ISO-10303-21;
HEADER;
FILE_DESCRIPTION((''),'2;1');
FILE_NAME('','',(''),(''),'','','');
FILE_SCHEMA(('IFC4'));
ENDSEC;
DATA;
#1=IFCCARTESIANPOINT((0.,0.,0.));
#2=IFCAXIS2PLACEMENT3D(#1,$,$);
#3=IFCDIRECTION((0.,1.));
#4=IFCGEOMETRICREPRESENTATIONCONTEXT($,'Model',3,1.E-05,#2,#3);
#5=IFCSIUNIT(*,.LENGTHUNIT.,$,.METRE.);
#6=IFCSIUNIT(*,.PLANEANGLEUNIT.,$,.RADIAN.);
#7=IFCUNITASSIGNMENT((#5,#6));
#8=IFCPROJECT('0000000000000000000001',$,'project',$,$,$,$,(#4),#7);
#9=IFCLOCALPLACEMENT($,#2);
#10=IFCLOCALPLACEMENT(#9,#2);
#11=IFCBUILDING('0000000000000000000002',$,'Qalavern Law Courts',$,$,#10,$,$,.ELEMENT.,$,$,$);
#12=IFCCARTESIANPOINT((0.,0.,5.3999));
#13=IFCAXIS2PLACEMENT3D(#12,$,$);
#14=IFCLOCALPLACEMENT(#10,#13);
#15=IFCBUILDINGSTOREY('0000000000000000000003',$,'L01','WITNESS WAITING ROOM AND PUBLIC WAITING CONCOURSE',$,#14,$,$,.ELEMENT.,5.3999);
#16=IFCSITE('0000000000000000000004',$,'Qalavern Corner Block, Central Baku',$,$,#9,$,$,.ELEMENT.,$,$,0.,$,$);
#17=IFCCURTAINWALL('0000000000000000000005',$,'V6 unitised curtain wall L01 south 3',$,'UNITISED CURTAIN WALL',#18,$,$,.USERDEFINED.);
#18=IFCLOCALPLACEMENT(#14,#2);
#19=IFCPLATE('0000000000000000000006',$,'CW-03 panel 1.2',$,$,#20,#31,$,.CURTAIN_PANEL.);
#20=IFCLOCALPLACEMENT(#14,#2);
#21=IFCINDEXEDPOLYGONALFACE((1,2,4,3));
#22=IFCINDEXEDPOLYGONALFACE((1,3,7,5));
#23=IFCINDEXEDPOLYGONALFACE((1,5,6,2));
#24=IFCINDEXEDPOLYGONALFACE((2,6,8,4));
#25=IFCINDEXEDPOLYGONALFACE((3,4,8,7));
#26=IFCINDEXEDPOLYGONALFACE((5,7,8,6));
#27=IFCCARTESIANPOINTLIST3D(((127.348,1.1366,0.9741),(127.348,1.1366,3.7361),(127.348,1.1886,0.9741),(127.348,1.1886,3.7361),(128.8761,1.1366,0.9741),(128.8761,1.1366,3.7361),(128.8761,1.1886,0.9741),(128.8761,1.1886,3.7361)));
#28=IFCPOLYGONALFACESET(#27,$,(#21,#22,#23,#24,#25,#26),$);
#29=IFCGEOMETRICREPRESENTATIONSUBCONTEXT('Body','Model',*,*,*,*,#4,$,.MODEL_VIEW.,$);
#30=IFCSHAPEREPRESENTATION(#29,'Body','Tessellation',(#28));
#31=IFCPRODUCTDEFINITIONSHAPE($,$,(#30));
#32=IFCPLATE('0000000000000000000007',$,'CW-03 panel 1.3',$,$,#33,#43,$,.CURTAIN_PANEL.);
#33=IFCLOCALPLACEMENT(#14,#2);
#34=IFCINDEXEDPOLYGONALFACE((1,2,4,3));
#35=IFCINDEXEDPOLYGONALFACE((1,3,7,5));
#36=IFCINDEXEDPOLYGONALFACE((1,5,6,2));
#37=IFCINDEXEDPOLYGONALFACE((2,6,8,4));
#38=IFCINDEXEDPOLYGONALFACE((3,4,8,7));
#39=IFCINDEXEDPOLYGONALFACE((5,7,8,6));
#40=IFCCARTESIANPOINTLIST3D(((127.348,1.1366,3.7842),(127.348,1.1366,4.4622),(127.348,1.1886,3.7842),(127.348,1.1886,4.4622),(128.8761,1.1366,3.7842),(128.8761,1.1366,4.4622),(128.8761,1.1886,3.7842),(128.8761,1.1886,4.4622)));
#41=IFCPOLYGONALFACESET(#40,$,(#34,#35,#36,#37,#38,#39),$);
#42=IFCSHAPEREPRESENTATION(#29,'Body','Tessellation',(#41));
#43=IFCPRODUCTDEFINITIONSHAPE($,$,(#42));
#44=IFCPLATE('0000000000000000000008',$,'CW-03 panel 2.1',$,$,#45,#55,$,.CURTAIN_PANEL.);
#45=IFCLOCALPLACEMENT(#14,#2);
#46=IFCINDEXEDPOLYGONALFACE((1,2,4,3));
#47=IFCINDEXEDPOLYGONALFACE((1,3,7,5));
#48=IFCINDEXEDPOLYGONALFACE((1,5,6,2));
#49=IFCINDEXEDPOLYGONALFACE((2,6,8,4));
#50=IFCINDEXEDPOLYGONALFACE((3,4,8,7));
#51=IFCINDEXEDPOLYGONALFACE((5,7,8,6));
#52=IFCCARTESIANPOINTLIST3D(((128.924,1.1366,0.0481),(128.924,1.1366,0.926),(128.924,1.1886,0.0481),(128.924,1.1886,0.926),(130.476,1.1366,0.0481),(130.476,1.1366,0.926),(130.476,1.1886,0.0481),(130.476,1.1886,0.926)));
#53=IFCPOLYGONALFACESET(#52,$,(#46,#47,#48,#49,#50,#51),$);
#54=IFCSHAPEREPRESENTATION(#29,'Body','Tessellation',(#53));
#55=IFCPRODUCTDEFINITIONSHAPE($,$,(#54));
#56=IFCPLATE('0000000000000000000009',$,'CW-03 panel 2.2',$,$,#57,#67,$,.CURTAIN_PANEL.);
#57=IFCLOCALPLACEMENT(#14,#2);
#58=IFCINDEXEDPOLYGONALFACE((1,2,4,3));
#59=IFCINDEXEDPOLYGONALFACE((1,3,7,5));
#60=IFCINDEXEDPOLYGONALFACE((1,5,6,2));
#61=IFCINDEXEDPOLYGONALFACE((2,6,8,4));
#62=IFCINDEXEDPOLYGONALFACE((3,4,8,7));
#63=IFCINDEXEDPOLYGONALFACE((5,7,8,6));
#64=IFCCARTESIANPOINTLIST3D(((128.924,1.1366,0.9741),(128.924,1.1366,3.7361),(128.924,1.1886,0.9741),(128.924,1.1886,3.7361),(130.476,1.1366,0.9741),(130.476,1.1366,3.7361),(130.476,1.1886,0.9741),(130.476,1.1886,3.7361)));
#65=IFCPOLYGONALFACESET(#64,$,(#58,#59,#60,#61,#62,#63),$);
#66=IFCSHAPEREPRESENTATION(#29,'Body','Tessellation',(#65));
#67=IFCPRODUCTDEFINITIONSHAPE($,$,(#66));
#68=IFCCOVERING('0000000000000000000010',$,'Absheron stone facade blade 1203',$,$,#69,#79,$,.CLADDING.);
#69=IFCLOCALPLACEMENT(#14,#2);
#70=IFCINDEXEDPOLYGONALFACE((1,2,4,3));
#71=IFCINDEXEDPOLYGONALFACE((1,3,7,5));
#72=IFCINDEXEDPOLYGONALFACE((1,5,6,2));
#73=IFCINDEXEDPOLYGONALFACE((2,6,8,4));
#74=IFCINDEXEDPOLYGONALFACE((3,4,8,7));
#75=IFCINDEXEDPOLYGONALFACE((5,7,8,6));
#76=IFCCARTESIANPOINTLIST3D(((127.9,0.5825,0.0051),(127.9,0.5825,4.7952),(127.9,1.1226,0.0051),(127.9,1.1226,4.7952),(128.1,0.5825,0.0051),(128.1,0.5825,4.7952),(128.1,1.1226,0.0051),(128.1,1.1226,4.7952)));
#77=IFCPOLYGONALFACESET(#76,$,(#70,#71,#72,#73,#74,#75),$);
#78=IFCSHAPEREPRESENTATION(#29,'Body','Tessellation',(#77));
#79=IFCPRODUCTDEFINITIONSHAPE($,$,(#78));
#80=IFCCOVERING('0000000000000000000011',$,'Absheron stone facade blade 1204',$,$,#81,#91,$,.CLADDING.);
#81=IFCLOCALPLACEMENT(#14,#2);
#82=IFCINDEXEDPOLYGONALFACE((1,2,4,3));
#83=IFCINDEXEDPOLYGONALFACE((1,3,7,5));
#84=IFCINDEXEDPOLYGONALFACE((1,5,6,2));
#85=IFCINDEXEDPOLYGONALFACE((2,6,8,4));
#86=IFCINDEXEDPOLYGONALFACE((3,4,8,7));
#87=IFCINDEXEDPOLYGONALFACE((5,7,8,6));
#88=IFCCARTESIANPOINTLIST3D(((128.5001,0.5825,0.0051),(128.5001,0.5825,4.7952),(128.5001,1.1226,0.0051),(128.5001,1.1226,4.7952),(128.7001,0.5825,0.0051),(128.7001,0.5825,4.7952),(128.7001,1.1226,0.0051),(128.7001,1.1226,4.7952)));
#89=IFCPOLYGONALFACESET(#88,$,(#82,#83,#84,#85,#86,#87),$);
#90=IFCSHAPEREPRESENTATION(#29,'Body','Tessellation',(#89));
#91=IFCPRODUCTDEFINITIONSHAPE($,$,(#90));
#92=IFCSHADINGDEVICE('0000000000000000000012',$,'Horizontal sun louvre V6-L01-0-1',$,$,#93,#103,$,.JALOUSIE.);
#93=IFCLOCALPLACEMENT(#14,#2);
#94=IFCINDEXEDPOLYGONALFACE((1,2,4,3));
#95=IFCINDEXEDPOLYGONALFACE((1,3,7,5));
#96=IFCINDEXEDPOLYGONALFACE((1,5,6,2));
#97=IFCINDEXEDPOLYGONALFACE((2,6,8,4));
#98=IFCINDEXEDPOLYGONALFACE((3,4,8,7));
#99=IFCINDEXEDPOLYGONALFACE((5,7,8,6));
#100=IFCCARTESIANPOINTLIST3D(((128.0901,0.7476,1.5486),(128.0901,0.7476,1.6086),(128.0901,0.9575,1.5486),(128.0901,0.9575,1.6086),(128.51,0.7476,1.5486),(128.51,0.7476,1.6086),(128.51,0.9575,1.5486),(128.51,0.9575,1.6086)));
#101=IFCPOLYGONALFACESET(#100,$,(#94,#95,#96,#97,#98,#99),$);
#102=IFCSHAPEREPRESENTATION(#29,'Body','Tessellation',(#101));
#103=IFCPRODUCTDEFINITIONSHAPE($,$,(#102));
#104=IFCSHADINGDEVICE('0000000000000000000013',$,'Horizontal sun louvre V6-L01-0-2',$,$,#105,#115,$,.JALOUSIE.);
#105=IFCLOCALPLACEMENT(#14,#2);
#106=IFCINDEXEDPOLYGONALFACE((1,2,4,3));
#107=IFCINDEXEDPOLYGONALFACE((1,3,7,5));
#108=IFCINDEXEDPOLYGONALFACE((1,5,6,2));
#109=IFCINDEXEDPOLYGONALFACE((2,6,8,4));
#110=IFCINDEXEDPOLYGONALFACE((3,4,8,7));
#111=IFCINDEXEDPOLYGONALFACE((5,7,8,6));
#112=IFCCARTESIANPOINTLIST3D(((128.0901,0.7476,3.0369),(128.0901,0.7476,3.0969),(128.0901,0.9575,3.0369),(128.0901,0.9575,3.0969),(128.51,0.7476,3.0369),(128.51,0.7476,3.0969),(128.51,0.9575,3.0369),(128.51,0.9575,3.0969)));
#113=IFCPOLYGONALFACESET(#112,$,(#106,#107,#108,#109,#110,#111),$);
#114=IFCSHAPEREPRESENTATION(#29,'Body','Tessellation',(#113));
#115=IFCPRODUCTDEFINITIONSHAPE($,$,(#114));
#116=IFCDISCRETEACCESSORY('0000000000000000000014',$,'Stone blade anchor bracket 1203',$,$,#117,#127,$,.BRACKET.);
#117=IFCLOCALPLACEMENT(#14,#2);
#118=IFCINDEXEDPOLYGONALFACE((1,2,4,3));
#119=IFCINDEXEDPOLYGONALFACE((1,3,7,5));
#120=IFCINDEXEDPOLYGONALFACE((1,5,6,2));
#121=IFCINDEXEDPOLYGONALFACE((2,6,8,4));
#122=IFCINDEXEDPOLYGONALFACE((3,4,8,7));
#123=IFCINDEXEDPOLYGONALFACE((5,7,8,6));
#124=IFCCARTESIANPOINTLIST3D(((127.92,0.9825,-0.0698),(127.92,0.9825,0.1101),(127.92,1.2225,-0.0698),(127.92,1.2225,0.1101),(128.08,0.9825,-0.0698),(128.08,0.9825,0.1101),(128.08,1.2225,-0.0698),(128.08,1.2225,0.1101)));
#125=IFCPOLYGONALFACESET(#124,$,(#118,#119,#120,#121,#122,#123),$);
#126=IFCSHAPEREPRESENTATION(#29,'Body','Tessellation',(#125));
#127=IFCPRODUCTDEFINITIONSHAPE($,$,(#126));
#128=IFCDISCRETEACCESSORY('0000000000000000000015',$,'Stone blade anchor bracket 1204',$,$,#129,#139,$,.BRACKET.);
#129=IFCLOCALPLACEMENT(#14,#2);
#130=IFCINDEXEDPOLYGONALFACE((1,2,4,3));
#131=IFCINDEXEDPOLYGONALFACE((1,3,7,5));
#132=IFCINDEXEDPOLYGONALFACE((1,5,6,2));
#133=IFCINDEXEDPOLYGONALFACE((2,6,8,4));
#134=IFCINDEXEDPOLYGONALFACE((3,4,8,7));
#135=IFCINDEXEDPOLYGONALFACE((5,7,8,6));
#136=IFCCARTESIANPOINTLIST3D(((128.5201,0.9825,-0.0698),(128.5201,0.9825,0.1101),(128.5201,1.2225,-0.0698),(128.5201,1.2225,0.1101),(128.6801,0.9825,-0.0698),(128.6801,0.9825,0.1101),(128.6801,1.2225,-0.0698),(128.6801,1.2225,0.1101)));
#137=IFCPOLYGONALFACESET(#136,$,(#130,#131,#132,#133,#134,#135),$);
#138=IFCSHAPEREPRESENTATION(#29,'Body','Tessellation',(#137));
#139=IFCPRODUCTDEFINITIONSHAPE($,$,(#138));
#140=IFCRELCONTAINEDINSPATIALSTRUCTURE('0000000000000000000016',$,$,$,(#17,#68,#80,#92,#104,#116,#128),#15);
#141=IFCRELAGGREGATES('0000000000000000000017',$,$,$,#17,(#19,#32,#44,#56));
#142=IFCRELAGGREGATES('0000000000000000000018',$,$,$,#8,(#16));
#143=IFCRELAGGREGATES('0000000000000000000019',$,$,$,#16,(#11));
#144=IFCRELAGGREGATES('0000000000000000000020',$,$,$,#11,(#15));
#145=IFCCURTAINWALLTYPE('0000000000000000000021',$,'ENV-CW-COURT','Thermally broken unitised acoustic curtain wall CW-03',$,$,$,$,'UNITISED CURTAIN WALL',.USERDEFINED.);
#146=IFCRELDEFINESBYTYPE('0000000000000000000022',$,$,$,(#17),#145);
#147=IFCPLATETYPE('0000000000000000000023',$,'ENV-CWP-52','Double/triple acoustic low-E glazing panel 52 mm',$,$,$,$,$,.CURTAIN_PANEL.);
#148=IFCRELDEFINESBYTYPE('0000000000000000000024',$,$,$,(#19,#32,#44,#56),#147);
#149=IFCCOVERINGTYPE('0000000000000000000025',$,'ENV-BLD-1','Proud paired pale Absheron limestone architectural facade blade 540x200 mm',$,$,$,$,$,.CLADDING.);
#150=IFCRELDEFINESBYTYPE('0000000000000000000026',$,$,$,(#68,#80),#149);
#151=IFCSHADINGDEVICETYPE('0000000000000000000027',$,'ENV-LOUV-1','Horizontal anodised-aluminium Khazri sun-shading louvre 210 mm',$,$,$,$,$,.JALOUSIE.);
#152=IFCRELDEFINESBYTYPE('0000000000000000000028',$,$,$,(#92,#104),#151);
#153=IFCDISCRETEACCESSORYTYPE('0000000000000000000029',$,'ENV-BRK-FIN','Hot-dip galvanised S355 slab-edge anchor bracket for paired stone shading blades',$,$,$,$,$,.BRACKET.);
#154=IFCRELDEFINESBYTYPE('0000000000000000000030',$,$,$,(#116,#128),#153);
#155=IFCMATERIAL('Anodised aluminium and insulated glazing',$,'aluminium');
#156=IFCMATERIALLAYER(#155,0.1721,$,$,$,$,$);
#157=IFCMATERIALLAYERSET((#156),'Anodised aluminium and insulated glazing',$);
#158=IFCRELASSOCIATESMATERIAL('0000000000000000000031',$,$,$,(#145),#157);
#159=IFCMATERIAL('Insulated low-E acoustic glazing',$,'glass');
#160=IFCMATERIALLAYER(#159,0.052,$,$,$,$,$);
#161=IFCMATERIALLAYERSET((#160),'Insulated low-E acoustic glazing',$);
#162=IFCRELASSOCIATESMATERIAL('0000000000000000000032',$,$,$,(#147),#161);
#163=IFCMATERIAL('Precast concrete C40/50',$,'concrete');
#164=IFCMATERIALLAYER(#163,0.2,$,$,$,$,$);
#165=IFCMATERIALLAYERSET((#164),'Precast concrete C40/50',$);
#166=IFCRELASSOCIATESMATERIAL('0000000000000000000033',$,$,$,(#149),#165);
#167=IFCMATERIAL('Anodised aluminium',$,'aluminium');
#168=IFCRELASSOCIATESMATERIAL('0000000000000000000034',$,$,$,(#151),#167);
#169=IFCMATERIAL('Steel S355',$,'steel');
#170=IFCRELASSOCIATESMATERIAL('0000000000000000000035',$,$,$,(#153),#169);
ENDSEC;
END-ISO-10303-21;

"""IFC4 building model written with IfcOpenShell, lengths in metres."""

from ifc_helpers import new_model, si_unit, direction, frame, origin, origin_2d, place, context, subcontext, project, spatial, rectangle, extrude, material, layer, layer_set, type_object, element, aggregate, save


model = new_model("IFC4")

# Units and contexts
model_context = context("Model", 3, precision=1e-05, world=origin(), true_north=direction((0.0, 1.0)))
body_context = subcontext(model_context, "Body", "Model", "MODEL_VIEW")
ifc_project = project(units=[si_unit("LENGTHUNIT", "METRE"), si_unit("PLANEANGLEUNIT", "RADIAN")], contexts=[model_context])

# Site, building, storey
site_placement = place(None, origin())
site = spatial("IfcSite", under=ifc_project, at=site_placement, Name="Qalavern Corner Block, Central Baku", CompositionType="ELEMENT", RefElevation=0.0)
building_placement = place(site_placement, origin())
building = spatial("IfcBuilding", under=site, at=building_placement, Name="Qalavern Law Courts", CompositionType="ELEMENT")
storey_placement = place(building_placement, frame((0.0, 0.0, 5.3999)))
storey = spatial("IfcBuildingStorey", under=building, at=storey_placement, Name="L01", Description="WITNESS WAITING ROOM AND PUBLIC WAITING CONCOURSE", CompositionType="ELEMENT", Elevation=5.3999)

# Curtain wall, plates
ifc_material_1 = material(Name="Anodised aluminium and insulated glazing", Category="aluminium")
ifc_layer_1 = layer(ifc_material_1, 0.1721)
ifc_layer_set_1 = layer_set([ifc_layer_1], Name="Anodised aluminium and insulated glazing")
curtain_wall_type = type_object("IfcCurtainWallType", Name="ENV-CW-COURT", Description="Thermally broken unitised acoustic curtain wall CW-03", ElementType="UNITISED CURTAIN WALL", PredefinedType="USERDEFINED", material=ifc_layer_set_1)
curtain_wall_placement = place(storey_placement, origin())
curtain_wall = element("IfcCurtainWall", 1, at=curtain_wall_placement, inside=storey, type_object=curtain_wall_type, Name="V6 unitised curtain wall L01 south 3", ObjectType="UNITISED CURTAIN WALL", PredefinedType="USERDEFINED")
ifc_material_2 = material(Name="Anodised aluminium", Category="aluminium")
ifc_material_3 = material(Name="Insulated low-E acoustic glazing", Category="glass")
ifc_layer_2 = layer(ifc_material_3, 0.052)
ifc_layer_set_2 = layer_set([ifc_layer_2], Name="Insulated low-E acoustic glazing")
plate_type = type_object("IfcPlateType", Name="ENV-CWP-52", Description="Double/triple acoustic low-E glazing panel 52 mm", PredefinedType="CURTAIN_PANEL", material=ifc_layer_set_2)
plate_1_placement = place(storey_placement, frame((128.1121, 1.1626, 0.9741), z_axis=(0.0, 0.0, 1.0), x_axis=(1.0, 0.0, 0.0)))
plate_1 = element("IfcPlate", 2, at=plate_1_placement, type_object=plate_type, Name="CW-03 panel 1.2", PredefinedType="CURTAIN_PANEL", context=body_context, shape_type="SweptSolid", body=[
    extrude(rectangle(XDim=1.5281, YDim=0.052, at=origin_2d()), origin(), (0.0, 0.0, 1.0), 2.762),
])
plate_2_placement = place(storey_placement, frame((128.1121, 1.1626, 3.7842), z_axis=(0.0, 0.0, 1.0), x_axis=(1.0, 0.0, 0.0)))
plate_2 = element("IfcPlate", 3, at=plate_2_placement, type_object=plate_type, Name="CW-03 panel 1.3", PredefinedType="CURTAIN_PANEL", context=body_context, shape_type="SweptSolid", body=[
    extrude(rectangle(XDim=1.5281, YDim=0.052, at=origin_2d()), origin(), (0.0, 0.0, 1.0), 0.678),
])
plate_3_placement = place(storey_placement, frame((129.7, 1.1626, 0.0481), z_axis=(0.0, 0.0, 1.0), x_axis=(1.0, 0.0, 0.0)))
plate_3 = element("IfcPlate", 4, at=plate_3_placement, type_object=plate_type, Name="CW-03 panel 2.1", PredefinedType="CURTAIN_PANEL", context=body_context, shape_type="SweptSolid", body=[
    extrude(rectangle(XDim=1.552, YDim=0.052, at=origin_2d()), origin(), (0.0, 0.0, 1.0), 0.8779),
])
plate_4_placement = place(storey_placement, frame((129.7, 1.1626, 0.9741), z_axis=(0.0, 0.0, 1.0), x_axis=(1.0, 0.0, 0.0)))
plate_4 = element("IfcPlate", 5, at=plate_4_placement, type_object=plate_type, Name="CW-03 panel 2.2", PredefinedType="CURTAIN_PANEL", context=body_context, shape_type="SweptSolid", body=[
    extrude(rectangle(XDim=1.552, YDim=0.052, at=origin_2d()), origin(), (0.0, 0.0, 1.0), 2.762),
])
aggregate(curtain_wall, [plate_1, plate_2, plate_3, plate_4])

# Coverings
ifc_material_4 = material(Name="Precast concrete C40/50", Category="concrete")
ifc_layer_3 = layer(ifc_material_4, 0.2)
ifc_layer_set_3 = layer_set([ifc_layer_3], Name="Precast concrete C40/50")
covering_type = type_object("IfcCoveringType", Name="ENV-BLD-1", Description="Proud paired pale Absheron limestone architectural facade blade 540x200 mm", PredefinedType="CLADDING", material=ifc_layer_set_3)
for number, where, z_axis, x_axis, name in (
    (6, (128.0, 0.8525, 0.0051), (0.0, 0.0, 1.0), (0.0, -1.0, 0.0), "Absheron stone facade blade 1203"),
    (7, (128.6001, 0.8525, 0.0051), (0.0, 0.0, 1.0), (0.0, -1.0, 0.0), "Absheron stone facade blade 1204"),
):
    element("IfcCovering", number, at=place(storey_placement, frame(where, z_axis=z_axis, x_axis=x_axis)), inside=storey, type_object=covering_type, Name=name, PredefinedType="CLADDING", context=body_context, shape_type="SweptSolid", body=[
        extrude(rectangle(XDim=0.54, YDim=0.2, at=origin_2d()), origin(), (0.0, 0.0, 1.0), 4.79),
    ])

# Shading devices
shading_device_type = type_object("IfcShadingDeviceType", Name="ENV-LOUV-1", Description="Horizontal anodised-aluminium Khazri sun-shading louvre 210 mm", PredefinedType="JALOUSIE", material=ifc_material_2)
for number, where, z_axis, x_axis, name in (
    (8, (128.3, 0.8525, 1.5486), (0.0, 0.0, 1.0), (1.0, 0.0, 0.0), "Horizontal sun louvre V6-L01-0-1"),
    (9, (128.3, 0.8525, 3.0369), (0.0, 0.0, 1.0), (1.0, 0.0, 0.0), "Horizontal sun louvre V6-L01-0-2"),
):
    element("IfcShadingDevice", number, at=place(storey_placement, frame(where, z_axis=z_axis, x_axis=x_axis)), inside=storey, type_object=shading_device_type, Name=name, PredefinedType="JALOUSIE", context=body_context, shape_type="SweptSolid", body=[
        extrude(rectangle(XDim=0.4199, YDim=0.21, at=origin_2d()), origin(), (0.0, 0.0, 1.0), 0.0601),
    ])

# Discrete accessories
ifc_material_5 = material(Name="Steel S355", Category="steel")
discrete_accessory_type = type_object("IfcDiscreteAccessoryType", Name="ENV-BRK-FIN", Description="Hot-dip galvanised S355 slab-edge anchor bracket for paired stone shading blades", PredefinedType="BRACKET", material=ifc_material_5)
for number, where, z_axis, x_axis, name in (
    (10, (128.0, 1.1025, -0.0698), (0.0, 0.0, 1.0), (0.0, -1.0, 0.0), "Stone blade anchor bracket 1203"),
    (11, (128.6001, 1.1025, -0.0698), (0.0, 0.0, 1.0), (0.0, -1.0, 0.0), "Stone blade anchor bracket 1204"),
):
    element("IfcDiscreteAccessory", number, at=place(storey_placement, frame(where, z_axis=z_axis, x_axis=x_axis)), inside=storey, type_object=discrete_accessory_type, Name=name, PredefinedType="BRACKET", context=body_context, shape_type="SweptSolid", body=[
        extrude(rectangle(XDim=0.24, YDim=0.1599, at=origin_2d()), origin(), (0.0, 0.0, 1.0), 0.1799),
    ])

save(model, "model.ifc")
